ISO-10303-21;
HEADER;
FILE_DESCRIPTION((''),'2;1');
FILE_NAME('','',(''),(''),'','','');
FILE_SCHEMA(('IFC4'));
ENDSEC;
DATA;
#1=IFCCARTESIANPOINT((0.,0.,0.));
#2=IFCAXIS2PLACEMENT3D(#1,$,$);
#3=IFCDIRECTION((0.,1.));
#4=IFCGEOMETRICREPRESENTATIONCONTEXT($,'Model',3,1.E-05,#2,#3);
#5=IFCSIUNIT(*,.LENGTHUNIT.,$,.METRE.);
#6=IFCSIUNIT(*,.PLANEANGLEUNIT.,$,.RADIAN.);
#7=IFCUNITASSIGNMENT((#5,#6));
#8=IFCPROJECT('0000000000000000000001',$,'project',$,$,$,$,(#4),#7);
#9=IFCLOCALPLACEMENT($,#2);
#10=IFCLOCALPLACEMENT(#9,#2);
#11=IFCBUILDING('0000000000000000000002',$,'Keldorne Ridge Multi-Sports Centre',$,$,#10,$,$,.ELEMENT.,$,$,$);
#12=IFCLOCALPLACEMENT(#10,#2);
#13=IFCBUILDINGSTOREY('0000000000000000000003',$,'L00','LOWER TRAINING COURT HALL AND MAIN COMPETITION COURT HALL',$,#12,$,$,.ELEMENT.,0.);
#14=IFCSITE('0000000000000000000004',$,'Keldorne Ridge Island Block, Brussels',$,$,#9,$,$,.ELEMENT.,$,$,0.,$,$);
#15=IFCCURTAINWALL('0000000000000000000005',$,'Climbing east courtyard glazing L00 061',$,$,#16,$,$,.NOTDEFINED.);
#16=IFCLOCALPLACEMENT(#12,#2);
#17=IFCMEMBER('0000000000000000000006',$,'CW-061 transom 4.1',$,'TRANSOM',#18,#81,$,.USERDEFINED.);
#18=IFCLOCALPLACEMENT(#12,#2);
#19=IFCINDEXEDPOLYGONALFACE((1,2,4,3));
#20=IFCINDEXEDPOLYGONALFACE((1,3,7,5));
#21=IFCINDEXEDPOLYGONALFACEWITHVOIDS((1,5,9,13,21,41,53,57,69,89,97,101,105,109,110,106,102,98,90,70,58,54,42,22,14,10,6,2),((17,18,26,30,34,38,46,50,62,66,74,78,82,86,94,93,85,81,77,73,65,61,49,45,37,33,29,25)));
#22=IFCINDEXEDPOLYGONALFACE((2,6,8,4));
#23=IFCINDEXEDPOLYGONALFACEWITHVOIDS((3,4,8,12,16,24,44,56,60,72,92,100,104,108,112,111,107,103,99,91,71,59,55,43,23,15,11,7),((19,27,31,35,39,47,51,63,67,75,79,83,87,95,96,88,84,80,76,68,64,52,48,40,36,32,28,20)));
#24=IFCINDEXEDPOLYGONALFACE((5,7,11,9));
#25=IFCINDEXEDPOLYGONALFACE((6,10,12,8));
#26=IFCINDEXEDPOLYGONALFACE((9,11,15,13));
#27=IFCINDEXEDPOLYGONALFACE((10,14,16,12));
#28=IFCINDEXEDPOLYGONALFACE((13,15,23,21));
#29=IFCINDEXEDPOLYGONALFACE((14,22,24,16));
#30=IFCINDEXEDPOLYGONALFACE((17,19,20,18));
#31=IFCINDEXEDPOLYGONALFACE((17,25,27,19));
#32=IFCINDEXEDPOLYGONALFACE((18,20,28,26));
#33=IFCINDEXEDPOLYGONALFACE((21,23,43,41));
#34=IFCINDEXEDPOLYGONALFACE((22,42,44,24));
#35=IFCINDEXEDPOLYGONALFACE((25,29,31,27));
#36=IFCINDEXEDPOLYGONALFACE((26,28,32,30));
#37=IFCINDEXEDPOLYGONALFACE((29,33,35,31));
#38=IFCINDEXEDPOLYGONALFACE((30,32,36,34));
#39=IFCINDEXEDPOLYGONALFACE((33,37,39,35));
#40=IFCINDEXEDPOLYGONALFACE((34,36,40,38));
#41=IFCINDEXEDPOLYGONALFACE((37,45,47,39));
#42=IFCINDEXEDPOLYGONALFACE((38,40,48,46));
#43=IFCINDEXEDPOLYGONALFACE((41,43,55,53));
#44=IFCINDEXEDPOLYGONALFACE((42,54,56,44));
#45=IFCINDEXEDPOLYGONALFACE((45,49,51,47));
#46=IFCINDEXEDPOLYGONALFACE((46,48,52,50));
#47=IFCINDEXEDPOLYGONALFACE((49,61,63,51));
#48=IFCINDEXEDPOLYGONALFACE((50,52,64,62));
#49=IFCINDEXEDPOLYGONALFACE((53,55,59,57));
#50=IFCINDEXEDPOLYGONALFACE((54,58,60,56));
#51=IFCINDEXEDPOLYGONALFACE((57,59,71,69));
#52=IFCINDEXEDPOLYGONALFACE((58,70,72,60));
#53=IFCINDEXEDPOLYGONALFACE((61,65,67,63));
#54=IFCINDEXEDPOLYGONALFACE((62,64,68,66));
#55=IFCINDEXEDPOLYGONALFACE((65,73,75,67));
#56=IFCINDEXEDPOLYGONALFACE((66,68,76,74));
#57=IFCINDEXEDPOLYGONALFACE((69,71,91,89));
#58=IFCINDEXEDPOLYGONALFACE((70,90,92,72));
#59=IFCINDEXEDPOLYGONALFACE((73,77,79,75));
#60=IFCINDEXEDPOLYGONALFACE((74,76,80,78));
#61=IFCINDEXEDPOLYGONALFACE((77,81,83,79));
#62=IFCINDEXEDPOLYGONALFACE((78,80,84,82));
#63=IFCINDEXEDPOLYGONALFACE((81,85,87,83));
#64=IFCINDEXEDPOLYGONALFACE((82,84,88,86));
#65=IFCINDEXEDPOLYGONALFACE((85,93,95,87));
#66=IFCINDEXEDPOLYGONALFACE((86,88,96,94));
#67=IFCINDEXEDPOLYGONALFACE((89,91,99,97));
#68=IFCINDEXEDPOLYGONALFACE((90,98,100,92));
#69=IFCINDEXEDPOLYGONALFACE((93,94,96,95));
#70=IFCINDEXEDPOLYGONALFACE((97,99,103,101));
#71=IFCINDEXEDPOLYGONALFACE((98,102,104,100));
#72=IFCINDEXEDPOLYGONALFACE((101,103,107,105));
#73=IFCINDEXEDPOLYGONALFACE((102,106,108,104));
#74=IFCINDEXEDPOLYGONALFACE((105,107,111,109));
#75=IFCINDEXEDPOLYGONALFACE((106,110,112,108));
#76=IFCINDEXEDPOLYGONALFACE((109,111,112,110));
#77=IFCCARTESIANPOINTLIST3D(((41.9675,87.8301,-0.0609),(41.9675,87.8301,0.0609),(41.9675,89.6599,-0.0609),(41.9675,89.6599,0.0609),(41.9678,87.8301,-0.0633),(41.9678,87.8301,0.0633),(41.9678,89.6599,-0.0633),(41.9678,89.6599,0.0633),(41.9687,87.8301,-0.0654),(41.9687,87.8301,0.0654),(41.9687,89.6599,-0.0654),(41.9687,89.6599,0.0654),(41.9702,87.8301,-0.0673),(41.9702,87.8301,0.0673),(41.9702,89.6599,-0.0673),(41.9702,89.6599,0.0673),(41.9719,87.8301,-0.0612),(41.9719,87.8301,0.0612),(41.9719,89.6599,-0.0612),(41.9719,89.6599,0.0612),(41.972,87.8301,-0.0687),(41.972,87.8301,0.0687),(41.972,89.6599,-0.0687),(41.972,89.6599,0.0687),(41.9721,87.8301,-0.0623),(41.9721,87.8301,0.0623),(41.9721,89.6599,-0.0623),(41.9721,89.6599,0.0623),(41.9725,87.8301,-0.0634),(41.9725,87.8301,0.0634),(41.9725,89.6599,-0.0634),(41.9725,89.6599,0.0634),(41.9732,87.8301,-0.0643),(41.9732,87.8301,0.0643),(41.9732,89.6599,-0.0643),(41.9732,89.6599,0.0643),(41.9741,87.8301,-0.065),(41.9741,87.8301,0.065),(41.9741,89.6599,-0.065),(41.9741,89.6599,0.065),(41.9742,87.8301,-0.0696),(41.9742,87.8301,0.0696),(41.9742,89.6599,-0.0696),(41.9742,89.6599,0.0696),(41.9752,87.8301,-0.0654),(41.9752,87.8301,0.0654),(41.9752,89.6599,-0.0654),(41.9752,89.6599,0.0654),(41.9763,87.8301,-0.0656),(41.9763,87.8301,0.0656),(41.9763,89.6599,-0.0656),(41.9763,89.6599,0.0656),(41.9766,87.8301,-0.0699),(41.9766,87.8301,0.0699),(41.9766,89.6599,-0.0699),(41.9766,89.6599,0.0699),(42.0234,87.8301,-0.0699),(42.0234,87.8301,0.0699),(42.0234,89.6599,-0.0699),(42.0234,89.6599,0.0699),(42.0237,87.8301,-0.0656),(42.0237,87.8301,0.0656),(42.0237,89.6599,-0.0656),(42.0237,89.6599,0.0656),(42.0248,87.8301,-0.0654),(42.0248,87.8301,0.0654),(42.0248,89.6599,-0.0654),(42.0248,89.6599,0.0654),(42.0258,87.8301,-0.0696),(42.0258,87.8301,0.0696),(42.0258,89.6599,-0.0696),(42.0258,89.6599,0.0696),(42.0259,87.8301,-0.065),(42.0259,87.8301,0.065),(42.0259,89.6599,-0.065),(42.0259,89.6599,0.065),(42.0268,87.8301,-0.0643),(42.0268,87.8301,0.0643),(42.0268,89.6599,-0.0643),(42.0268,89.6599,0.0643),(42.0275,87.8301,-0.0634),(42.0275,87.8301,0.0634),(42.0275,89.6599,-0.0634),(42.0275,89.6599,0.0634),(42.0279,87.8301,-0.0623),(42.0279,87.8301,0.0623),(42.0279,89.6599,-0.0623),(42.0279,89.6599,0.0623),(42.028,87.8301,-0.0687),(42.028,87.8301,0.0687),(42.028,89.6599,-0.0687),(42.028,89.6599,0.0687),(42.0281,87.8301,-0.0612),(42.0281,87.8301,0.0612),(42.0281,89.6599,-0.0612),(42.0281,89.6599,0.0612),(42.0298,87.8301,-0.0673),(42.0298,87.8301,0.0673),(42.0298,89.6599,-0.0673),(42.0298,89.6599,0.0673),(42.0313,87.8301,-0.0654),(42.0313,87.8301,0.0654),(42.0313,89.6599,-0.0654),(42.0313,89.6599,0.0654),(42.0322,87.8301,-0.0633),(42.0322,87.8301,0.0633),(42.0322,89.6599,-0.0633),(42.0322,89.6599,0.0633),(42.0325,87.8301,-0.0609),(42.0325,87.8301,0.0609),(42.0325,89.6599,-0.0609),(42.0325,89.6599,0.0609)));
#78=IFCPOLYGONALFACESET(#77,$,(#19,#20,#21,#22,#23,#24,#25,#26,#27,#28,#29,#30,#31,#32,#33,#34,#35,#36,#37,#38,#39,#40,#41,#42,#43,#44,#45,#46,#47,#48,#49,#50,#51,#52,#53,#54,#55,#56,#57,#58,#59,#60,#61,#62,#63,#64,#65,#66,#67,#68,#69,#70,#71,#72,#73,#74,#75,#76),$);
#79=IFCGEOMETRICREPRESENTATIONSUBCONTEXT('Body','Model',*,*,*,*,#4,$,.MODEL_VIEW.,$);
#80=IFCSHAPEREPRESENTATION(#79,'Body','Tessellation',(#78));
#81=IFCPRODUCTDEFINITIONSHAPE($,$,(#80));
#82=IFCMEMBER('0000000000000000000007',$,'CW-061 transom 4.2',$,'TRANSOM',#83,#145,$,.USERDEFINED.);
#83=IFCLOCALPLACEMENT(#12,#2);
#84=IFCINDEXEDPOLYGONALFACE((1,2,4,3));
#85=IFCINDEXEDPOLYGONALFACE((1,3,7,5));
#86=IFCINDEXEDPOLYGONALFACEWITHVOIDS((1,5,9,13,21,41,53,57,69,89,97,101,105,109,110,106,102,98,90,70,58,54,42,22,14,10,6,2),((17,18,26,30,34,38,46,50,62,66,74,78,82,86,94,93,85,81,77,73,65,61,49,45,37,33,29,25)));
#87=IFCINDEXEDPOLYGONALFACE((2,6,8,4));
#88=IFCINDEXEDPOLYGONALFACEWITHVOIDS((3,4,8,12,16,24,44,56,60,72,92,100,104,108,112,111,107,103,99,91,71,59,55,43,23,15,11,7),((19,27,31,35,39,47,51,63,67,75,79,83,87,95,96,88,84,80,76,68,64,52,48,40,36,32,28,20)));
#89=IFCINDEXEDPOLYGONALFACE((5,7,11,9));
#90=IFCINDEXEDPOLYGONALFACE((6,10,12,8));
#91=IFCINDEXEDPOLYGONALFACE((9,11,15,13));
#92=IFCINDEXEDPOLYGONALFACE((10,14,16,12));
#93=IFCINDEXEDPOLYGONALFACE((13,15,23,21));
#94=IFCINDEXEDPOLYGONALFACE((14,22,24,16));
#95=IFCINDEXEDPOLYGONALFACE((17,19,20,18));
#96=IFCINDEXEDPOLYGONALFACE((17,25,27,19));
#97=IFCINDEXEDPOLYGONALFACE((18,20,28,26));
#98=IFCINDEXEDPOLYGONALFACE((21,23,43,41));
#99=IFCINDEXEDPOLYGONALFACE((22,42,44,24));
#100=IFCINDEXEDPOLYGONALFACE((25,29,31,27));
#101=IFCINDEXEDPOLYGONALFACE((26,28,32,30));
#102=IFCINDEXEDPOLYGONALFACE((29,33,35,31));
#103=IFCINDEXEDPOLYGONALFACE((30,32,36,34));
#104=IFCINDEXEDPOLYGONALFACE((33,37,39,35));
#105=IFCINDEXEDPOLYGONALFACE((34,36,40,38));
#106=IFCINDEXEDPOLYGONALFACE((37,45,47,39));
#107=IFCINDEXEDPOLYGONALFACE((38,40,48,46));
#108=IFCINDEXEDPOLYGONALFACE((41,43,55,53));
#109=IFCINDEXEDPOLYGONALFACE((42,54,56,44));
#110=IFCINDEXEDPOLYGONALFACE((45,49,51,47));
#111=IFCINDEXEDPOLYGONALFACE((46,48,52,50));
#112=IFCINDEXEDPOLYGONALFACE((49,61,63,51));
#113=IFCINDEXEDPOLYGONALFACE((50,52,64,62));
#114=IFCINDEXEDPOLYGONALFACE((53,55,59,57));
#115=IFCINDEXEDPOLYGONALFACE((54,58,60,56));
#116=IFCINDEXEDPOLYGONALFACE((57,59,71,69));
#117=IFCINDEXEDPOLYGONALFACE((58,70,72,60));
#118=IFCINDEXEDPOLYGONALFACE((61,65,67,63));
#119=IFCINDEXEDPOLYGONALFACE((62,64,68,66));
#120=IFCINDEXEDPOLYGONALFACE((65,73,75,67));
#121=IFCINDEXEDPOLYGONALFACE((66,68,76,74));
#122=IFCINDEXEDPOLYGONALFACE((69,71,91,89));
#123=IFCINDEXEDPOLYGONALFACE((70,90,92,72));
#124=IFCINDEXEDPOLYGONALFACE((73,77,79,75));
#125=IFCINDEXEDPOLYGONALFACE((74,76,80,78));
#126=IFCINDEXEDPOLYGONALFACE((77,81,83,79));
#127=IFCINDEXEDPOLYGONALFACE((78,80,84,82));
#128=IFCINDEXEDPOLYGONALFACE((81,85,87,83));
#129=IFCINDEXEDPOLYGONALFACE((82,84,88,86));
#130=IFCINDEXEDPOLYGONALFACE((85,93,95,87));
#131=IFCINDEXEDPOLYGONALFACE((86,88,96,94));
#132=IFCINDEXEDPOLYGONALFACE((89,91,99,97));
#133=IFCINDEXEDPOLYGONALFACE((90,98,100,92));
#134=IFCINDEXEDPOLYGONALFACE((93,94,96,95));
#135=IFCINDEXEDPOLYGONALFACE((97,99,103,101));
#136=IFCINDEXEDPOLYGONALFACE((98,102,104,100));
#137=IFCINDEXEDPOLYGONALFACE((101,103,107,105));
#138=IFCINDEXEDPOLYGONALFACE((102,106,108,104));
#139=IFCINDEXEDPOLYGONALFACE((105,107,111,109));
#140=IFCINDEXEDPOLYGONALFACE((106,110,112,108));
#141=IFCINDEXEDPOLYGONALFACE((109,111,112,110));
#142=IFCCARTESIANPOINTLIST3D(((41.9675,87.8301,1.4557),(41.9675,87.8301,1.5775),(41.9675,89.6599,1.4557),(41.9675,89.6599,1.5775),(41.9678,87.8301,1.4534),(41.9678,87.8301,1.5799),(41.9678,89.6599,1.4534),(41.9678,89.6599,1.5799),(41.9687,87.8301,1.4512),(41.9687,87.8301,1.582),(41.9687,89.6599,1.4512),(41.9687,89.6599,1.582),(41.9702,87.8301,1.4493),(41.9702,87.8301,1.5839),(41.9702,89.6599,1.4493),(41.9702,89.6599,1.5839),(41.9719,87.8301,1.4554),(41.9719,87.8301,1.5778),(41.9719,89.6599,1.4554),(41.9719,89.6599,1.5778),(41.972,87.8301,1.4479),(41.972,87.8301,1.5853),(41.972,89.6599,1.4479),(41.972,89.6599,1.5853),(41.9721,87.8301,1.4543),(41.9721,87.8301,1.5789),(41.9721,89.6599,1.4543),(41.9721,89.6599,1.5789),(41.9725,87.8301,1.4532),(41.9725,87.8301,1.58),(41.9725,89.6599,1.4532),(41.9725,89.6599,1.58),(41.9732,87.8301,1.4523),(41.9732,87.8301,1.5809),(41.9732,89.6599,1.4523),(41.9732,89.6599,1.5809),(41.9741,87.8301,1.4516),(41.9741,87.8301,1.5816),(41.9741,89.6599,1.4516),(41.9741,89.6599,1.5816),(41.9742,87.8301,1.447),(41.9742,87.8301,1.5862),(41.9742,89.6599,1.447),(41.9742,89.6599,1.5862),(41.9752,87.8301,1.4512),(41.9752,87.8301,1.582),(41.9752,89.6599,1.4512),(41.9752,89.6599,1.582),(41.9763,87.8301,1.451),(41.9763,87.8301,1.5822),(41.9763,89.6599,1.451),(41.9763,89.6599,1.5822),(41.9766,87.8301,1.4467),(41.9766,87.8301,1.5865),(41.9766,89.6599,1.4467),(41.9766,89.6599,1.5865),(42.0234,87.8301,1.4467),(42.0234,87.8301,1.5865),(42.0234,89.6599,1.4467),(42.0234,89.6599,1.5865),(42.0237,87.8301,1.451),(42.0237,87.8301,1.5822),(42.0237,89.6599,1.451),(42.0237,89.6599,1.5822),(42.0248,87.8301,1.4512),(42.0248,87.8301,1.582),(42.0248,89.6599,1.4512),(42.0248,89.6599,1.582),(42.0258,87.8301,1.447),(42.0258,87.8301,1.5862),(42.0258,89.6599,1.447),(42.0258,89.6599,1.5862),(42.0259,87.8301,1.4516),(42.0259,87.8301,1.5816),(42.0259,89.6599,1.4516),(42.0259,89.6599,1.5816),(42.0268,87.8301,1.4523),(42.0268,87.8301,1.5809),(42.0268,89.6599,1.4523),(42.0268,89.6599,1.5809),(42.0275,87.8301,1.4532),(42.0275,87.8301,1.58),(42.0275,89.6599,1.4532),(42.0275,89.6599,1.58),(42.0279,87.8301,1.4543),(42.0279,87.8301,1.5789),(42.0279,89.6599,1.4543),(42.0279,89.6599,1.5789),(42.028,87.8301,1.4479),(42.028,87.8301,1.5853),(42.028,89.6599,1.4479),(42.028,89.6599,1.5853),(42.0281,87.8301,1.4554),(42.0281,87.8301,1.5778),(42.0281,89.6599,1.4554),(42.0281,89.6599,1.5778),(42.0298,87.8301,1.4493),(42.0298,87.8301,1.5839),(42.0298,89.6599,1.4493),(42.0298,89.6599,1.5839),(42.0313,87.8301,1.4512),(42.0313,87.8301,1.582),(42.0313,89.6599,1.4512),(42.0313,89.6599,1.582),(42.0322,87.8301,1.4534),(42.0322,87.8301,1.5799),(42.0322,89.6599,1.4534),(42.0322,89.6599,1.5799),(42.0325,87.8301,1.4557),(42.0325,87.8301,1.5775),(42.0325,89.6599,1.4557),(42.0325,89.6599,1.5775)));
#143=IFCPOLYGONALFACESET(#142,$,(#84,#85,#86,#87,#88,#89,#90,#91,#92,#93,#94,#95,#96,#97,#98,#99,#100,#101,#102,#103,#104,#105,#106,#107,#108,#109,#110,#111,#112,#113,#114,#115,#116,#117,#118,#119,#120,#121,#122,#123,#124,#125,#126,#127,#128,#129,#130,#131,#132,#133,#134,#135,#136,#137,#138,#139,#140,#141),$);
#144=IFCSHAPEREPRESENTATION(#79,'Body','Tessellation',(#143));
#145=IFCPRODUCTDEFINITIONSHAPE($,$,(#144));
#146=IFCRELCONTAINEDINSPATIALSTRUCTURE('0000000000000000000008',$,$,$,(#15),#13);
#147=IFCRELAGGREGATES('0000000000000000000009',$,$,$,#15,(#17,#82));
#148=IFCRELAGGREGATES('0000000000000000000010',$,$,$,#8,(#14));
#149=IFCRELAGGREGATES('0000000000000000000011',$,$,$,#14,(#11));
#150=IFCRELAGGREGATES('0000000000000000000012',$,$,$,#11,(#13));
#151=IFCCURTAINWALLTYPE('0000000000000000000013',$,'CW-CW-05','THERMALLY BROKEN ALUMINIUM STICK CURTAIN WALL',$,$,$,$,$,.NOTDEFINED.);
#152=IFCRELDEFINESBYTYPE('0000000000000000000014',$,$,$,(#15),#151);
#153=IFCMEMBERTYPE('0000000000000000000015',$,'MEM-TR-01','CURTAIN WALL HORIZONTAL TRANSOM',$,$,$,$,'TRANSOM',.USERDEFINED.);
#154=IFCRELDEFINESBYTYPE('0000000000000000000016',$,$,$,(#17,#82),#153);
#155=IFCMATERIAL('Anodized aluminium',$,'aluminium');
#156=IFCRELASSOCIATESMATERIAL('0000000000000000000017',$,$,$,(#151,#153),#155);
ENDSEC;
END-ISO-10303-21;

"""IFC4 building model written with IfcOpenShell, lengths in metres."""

from ifc_helpers import new_model, si_unit, direction, frame, origin, origin_2d, place, context, subcontext, project, spatial, hollow_rectangle, extrude, material, material_profile, profile_set, type_object, element, aggregate, save


model = new_model("IFC4")

# Units and contexts
model_context = context("Model", 3, precision=1e-05, world=origin(), true_north=direction((0.0, 1.0)))
body_context = subcontext(model_context, "Body", "Model", "MODEL_VIEW")
ifc_project = project(units=[si_unit("LENGTHUNIT", "METRE"), si_unit("PLANEANGLEUNIT", "RADIAN")], contexts=[model_context])

# Site, building, storey
site_placement = place(None, origin())
site = spatial("IfcSite", under=ifc_project, at=site_placement, Name="Keldorne Ridge Island Block, Brussels", CompositionType="ELEMENT", RefElevation=0.0)
building_placement = place(site_placement, origin())
building = spatial("IfcBuilding", under=site, at=building_placement, Name="Keldorne Ridge Multi-Sports Centre", CompositionType="ELEMENT")
storey_placement = place(building_placement, origin())
storey = spatial("IfcBuildingStorey", under=building, at=storey_placement, Name="L00", Description="LOWER TRAINING COURT HALL AND MAIN COMPETITION COURT HALL", CompositionType="ELEMENT", Elevation=0.0)

# Curtain wall, members
ifc_material_1 = material(Name="Anodized aluminium", Category="aluminium")
curtain_wall_type_1 = type_object("IfcCurtainWallType", Name="CW-CW-05", Description="THERMALLY BROKEN ALUMINIUM STICK CURTAIN WALL", PredefinedType="NOTDEFINED", material=ifc_material_1)
curtain_wall_1_placement = place(storey_placement, origin())
curtain_wall_1 = element("IfcCurtainWall", 1, at=curtain_wall_1_placement, inside=storey, type_object=curtain_wall_type_1, Name="Climbing east courtyard glazing L00 061", PredefinedType="NOTDEFINED")
ifc_material_profile_1 = material_profile(ifc_material_1, hollow_rectangle(XDim=0.0649, YDim=0.1399, WallThickness=0.0044, InnerFilletRadius=0.0044, OuterFilletRadius=0.009, at=origin_2d()), Name="ALU TRANSOM 140x65x4.5")
ifc_profile_set_1 = profile_set([ifc_material_profile_1], Name="Anodized aluminium")
member_type_1 = type_object("IfcMemberType", Name="MEM-TR-01", Description="CURTAIN WALL HORIZONTAL TRANSOM", ElementType="TRANSOM", PredefinedType="USERDEFINED", material=ifc_profile_set_1)
member_1_placement = place(storey_placement, frame((42.0, 87.8301, 0.0), z_axis=(0.0, 1.0, 0.0), x_axis=(-1.0, 0.0, 0.0)))
member_1 = element("IfcMember", 2, at=member_1_placement, type_object=member_type_1, Name="CW-061 transom 4.1", ObjectType="TRANSOM", PredefinedType="USERDEFINED", context=body_context, shape_type="SweptSolid", body=[
    extrude(hollow_rectangle(XDim=0.0649, YDim=0.1399, WallThickness=0.0044, InnerFilletRadius=0.0044, OuterFilletRadius=0.009, at=origin_2d()), origin(), (0.0, 0.0, 1.0), 1.8298),
])
member_2_placement = place(storey_placement, frame((42.0, 87.8301, 1.5166), z_axis=(0.0, 1.0, 0.0), x_axis=(-1.0, 0.0, 0.0)))
member_2 = element("IfcMember", 3, at=member_2_placement, type_object=member_type_1, Name="CW-061 transom 4.2", ObjectType="TRANSOM", PredefinedType="USERDEFINED", context=body_context, shape_type="SweptSolid", body=[
    extrude(hollow_rectangle(XDim=0.0649, YDim=0.1399, WallThickness=0.0044, InnerFilletRadius=0.0044, OuterFilletRadius=0.009, at=origin_2d()), origin(), (0.0, 0.0, 1.0), 1.8298),
])

aggregate(curtain_wall_1, [member_1, member_2])

save(model, "model.ifc")
